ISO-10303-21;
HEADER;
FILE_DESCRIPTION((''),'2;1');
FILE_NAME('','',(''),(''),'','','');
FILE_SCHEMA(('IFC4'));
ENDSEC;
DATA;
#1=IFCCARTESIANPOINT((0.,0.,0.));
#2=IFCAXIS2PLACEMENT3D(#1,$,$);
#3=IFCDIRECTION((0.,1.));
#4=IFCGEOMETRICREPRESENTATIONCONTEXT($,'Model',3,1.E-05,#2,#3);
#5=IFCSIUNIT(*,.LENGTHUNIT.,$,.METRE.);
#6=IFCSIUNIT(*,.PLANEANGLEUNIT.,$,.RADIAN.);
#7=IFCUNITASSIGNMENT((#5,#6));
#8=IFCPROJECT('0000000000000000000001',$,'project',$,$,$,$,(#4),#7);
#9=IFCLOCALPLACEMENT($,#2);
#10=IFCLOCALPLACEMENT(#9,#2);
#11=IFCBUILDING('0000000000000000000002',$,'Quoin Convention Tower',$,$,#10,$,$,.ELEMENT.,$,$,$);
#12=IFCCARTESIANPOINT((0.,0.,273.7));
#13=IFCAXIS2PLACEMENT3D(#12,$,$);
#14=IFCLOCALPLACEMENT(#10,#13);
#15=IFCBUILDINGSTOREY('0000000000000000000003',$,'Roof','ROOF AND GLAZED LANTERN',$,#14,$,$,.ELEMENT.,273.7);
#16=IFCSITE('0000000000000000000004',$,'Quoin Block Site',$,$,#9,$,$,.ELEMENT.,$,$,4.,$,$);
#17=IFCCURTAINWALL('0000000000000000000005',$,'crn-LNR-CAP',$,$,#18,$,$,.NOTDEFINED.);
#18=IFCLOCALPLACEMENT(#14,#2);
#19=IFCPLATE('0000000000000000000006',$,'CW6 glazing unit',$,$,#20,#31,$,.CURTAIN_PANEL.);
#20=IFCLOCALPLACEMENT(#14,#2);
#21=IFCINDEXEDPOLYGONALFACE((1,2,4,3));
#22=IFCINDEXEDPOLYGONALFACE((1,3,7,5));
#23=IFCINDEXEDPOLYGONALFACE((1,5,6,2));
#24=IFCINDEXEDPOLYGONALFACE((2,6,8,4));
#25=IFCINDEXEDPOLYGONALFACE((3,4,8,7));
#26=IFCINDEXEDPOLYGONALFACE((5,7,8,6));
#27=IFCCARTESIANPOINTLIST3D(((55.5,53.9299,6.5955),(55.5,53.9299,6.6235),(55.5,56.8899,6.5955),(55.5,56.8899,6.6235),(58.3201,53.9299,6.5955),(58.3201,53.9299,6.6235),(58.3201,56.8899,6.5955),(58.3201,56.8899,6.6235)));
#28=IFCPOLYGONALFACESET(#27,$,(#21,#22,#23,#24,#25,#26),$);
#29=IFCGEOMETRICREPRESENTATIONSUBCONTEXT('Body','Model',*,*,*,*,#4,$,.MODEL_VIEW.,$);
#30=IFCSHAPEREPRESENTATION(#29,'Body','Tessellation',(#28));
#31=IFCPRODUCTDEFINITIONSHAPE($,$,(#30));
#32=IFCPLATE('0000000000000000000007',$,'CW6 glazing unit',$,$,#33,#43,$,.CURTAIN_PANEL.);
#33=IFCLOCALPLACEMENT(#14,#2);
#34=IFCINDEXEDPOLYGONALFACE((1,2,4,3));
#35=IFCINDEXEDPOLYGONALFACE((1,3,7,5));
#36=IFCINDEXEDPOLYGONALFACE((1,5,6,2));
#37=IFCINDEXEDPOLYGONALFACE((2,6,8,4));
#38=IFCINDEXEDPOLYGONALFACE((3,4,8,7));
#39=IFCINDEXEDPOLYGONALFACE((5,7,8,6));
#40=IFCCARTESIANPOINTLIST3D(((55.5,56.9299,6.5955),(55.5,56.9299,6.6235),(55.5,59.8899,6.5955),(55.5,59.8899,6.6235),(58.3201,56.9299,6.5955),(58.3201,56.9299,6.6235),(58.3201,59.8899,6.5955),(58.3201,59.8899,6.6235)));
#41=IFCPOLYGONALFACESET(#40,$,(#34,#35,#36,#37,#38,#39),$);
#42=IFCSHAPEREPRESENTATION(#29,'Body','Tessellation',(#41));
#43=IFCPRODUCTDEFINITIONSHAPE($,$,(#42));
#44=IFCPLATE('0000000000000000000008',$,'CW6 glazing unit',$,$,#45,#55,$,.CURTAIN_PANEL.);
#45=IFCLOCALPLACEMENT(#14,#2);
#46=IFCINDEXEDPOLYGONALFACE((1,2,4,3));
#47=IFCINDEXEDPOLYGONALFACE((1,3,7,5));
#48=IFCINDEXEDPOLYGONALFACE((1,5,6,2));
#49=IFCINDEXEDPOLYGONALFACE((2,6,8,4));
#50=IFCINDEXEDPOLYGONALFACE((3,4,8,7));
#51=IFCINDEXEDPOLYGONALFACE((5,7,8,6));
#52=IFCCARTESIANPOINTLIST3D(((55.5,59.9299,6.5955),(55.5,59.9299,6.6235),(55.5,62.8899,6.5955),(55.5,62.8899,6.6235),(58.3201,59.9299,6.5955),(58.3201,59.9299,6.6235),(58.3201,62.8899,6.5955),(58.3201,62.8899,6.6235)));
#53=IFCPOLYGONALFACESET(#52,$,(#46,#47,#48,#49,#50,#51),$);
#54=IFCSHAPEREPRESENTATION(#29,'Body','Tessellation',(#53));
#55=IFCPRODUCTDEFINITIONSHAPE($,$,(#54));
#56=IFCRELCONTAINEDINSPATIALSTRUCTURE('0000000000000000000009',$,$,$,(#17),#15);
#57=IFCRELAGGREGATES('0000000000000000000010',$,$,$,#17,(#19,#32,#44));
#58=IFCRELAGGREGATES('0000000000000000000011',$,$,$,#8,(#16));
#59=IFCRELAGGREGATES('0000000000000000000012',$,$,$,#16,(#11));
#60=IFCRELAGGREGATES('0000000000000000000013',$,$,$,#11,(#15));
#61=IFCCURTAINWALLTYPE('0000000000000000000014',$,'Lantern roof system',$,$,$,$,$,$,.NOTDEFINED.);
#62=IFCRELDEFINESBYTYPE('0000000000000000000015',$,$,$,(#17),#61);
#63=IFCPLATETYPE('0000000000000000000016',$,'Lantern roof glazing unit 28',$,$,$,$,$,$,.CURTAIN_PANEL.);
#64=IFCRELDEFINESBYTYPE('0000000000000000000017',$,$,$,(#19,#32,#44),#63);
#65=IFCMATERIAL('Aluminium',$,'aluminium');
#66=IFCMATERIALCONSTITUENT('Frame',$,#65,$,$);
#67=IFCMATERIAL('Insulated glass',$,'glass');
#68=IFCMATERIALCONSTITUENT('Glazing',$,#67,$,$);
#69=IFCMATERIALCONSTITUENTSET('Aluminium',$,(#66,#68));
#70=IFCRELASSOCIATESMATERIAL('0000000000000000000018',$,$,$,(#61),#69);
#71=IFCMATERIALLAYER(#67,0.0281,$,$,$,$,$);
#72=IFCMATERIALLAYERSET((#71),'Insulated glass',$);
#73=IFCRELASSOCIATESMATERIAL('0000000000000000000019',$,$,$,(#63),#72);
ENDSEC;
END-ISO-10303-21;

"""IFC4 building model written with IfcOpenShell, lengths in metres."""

from ifc_helpers import new_model, si_unit, direction, frame, origin, place, context, subcontext, project, spatial, polyline, outline, extrude, material, layer, layer_set, constituent, constituent_set, type_object, element, aggregate, save


model = new_model("IFC4")

# Units and contexts
model_context = context("Model", 3, precision=1e-05, world=origin(), true_north=direction((0.0, 1.0)))
body_context = subcontext(model_context, "Body", "Model", "MODEL_VIEW")
ifc_project = project(units=[si_unit("LENGTHUNIT", "METRE"), si_unit("PLANEANGLEUNIT", "RADIAN")], contexts=[model_context])

# Site, building, storey
site_placement = place(None, origin())
site = spatial("IfcSite", under=ifc_project, at=site_placement, Name="Quoin Block Site", CompositionType="ELEMENT", RefElevation=4.0)
building_placement = place(site_placement, origin())
building = spatial("IfcBuilding", under=site, at=building_placement, Name="Quoin Convention Tower", CompositionType="ELEMENT")
storey_placement = place(building_placement, frame((0.0, 0.0, 273.7)))
storey = spatial("IfcBuildingStorey", under=building, at=storey_placement, Name="Roof", Description="ROOF AND GLAZED LANTERN", CompositionType="ELEMENT", Elevation=273.7)

# Curtain wall, plates
ifc_material_1 = material(Name="Aluminium", Category="aluminium")
ifc_constituent_1 = constituent(ifc_material_1, Name="Frame")
ifc_material_2 = material(Name="Insulated glass", Category="glass")
ifc_constituent_2 = constituent(ifc_material_2, Name="Glazing")
ifc_constituent_set = constituent_set(constituents=[ifc_constituent_1, ifc_constituent_2], Name="Aluminium")
curtain_wall_type = type_object("IfcCurtainWallType", Name="Lantern roof system", PredefinedType="NOTDEFINED", material=ifc_constituent_set)
curtain_wall_placement = place(storey_placement, origin())
curtain_wall = element("IfcCurtainWall", 1, at=curtain_wall_placement, inside=storey, type_object=curtain_wall_type, Name="crn-LNR-CAP", PredefinedType="NOTDEFINED")
ifc_layer = layer(ifc_material_2, 0.0281)
ifc_layer_set = layer_set([ifc_layer], Name="Insulated glass")
plate_type = type_object("IfcPlateType", Name="Lantern roof glazing unit 28", PredefinedType="CURTAIN_PANEL", material=ifc_layer_set)
plate_1_placement = place(storey_placement, frame((55.5, 53.9299, 6.6235), z_axis=(0.0, 0.0, 1.0), x_axis=(0.0, 1.0, 0.0)))
plate_1 = element("IfcPlate", 2, at=plate_1_placement, type_object=plate_type, Name="CW6 glazing unit", PredefinedType="CURTAIN_PANEL", context=body_context, shape_type="SweptSolid", body=[
    extrude(outline(polyline([(0.0, 0.0), (2.96, 0.0), (2.96, -2.8201), (0.0, -2.8201), (0.0, 0.0)])), origin(), (0.0, 0.0, -1.0), 0.0281),
])
plate_2_placement = place(storey_placement, frame((55.5, 56.9299, 6.6235), z_axis=(0.0, 0.0, 1.0), x_axis=(0.0, 1.0, 0.0)))
plate_2 = element("IfcPlate", 3, at=plate_2_placement, type_object=plate_type, Name="CW6 glazing unit", PredefinedType="CURTAIN_PANEL", context=body_context, shape_type="SweptSolid", body=[
    extrude(outline(polyline([(0.0, 0.0), (2.96, 0.0), (2.96, -2.8201), (0.0, -2.8201), (0.0, 0.0)])), origin(), (0.0, 0.0, -1.0), 0.0281),
])
plate_3_placement = place(storey_placement, frame((55.5, 59.9299, 6.6235), z_axis=(0.0, 0.0, 1.0), x_axis=(0.0, 1.0, 0.0)))
plate_3 = element("IfcPlate", 4, at=plate_3_placement, type_object=plate_type, Name="CW6 glazing unit", PredefinedType="CURTAIN_PANEL", context=body_context, shape_type="SweptSolid", body=[
    extrude(outline(polyline([(0.0, 0.0), (2.96, 0.0), (2.96, -2.8201), (0.0, -2.8201), (0.0, 0.0)])), origin(), (0.0, 0.0, -1.0), 0.0281),
])
aggregate(curtain_wall, [plate_1, plate_2, plate_3])

save(model, "model.ifc")
